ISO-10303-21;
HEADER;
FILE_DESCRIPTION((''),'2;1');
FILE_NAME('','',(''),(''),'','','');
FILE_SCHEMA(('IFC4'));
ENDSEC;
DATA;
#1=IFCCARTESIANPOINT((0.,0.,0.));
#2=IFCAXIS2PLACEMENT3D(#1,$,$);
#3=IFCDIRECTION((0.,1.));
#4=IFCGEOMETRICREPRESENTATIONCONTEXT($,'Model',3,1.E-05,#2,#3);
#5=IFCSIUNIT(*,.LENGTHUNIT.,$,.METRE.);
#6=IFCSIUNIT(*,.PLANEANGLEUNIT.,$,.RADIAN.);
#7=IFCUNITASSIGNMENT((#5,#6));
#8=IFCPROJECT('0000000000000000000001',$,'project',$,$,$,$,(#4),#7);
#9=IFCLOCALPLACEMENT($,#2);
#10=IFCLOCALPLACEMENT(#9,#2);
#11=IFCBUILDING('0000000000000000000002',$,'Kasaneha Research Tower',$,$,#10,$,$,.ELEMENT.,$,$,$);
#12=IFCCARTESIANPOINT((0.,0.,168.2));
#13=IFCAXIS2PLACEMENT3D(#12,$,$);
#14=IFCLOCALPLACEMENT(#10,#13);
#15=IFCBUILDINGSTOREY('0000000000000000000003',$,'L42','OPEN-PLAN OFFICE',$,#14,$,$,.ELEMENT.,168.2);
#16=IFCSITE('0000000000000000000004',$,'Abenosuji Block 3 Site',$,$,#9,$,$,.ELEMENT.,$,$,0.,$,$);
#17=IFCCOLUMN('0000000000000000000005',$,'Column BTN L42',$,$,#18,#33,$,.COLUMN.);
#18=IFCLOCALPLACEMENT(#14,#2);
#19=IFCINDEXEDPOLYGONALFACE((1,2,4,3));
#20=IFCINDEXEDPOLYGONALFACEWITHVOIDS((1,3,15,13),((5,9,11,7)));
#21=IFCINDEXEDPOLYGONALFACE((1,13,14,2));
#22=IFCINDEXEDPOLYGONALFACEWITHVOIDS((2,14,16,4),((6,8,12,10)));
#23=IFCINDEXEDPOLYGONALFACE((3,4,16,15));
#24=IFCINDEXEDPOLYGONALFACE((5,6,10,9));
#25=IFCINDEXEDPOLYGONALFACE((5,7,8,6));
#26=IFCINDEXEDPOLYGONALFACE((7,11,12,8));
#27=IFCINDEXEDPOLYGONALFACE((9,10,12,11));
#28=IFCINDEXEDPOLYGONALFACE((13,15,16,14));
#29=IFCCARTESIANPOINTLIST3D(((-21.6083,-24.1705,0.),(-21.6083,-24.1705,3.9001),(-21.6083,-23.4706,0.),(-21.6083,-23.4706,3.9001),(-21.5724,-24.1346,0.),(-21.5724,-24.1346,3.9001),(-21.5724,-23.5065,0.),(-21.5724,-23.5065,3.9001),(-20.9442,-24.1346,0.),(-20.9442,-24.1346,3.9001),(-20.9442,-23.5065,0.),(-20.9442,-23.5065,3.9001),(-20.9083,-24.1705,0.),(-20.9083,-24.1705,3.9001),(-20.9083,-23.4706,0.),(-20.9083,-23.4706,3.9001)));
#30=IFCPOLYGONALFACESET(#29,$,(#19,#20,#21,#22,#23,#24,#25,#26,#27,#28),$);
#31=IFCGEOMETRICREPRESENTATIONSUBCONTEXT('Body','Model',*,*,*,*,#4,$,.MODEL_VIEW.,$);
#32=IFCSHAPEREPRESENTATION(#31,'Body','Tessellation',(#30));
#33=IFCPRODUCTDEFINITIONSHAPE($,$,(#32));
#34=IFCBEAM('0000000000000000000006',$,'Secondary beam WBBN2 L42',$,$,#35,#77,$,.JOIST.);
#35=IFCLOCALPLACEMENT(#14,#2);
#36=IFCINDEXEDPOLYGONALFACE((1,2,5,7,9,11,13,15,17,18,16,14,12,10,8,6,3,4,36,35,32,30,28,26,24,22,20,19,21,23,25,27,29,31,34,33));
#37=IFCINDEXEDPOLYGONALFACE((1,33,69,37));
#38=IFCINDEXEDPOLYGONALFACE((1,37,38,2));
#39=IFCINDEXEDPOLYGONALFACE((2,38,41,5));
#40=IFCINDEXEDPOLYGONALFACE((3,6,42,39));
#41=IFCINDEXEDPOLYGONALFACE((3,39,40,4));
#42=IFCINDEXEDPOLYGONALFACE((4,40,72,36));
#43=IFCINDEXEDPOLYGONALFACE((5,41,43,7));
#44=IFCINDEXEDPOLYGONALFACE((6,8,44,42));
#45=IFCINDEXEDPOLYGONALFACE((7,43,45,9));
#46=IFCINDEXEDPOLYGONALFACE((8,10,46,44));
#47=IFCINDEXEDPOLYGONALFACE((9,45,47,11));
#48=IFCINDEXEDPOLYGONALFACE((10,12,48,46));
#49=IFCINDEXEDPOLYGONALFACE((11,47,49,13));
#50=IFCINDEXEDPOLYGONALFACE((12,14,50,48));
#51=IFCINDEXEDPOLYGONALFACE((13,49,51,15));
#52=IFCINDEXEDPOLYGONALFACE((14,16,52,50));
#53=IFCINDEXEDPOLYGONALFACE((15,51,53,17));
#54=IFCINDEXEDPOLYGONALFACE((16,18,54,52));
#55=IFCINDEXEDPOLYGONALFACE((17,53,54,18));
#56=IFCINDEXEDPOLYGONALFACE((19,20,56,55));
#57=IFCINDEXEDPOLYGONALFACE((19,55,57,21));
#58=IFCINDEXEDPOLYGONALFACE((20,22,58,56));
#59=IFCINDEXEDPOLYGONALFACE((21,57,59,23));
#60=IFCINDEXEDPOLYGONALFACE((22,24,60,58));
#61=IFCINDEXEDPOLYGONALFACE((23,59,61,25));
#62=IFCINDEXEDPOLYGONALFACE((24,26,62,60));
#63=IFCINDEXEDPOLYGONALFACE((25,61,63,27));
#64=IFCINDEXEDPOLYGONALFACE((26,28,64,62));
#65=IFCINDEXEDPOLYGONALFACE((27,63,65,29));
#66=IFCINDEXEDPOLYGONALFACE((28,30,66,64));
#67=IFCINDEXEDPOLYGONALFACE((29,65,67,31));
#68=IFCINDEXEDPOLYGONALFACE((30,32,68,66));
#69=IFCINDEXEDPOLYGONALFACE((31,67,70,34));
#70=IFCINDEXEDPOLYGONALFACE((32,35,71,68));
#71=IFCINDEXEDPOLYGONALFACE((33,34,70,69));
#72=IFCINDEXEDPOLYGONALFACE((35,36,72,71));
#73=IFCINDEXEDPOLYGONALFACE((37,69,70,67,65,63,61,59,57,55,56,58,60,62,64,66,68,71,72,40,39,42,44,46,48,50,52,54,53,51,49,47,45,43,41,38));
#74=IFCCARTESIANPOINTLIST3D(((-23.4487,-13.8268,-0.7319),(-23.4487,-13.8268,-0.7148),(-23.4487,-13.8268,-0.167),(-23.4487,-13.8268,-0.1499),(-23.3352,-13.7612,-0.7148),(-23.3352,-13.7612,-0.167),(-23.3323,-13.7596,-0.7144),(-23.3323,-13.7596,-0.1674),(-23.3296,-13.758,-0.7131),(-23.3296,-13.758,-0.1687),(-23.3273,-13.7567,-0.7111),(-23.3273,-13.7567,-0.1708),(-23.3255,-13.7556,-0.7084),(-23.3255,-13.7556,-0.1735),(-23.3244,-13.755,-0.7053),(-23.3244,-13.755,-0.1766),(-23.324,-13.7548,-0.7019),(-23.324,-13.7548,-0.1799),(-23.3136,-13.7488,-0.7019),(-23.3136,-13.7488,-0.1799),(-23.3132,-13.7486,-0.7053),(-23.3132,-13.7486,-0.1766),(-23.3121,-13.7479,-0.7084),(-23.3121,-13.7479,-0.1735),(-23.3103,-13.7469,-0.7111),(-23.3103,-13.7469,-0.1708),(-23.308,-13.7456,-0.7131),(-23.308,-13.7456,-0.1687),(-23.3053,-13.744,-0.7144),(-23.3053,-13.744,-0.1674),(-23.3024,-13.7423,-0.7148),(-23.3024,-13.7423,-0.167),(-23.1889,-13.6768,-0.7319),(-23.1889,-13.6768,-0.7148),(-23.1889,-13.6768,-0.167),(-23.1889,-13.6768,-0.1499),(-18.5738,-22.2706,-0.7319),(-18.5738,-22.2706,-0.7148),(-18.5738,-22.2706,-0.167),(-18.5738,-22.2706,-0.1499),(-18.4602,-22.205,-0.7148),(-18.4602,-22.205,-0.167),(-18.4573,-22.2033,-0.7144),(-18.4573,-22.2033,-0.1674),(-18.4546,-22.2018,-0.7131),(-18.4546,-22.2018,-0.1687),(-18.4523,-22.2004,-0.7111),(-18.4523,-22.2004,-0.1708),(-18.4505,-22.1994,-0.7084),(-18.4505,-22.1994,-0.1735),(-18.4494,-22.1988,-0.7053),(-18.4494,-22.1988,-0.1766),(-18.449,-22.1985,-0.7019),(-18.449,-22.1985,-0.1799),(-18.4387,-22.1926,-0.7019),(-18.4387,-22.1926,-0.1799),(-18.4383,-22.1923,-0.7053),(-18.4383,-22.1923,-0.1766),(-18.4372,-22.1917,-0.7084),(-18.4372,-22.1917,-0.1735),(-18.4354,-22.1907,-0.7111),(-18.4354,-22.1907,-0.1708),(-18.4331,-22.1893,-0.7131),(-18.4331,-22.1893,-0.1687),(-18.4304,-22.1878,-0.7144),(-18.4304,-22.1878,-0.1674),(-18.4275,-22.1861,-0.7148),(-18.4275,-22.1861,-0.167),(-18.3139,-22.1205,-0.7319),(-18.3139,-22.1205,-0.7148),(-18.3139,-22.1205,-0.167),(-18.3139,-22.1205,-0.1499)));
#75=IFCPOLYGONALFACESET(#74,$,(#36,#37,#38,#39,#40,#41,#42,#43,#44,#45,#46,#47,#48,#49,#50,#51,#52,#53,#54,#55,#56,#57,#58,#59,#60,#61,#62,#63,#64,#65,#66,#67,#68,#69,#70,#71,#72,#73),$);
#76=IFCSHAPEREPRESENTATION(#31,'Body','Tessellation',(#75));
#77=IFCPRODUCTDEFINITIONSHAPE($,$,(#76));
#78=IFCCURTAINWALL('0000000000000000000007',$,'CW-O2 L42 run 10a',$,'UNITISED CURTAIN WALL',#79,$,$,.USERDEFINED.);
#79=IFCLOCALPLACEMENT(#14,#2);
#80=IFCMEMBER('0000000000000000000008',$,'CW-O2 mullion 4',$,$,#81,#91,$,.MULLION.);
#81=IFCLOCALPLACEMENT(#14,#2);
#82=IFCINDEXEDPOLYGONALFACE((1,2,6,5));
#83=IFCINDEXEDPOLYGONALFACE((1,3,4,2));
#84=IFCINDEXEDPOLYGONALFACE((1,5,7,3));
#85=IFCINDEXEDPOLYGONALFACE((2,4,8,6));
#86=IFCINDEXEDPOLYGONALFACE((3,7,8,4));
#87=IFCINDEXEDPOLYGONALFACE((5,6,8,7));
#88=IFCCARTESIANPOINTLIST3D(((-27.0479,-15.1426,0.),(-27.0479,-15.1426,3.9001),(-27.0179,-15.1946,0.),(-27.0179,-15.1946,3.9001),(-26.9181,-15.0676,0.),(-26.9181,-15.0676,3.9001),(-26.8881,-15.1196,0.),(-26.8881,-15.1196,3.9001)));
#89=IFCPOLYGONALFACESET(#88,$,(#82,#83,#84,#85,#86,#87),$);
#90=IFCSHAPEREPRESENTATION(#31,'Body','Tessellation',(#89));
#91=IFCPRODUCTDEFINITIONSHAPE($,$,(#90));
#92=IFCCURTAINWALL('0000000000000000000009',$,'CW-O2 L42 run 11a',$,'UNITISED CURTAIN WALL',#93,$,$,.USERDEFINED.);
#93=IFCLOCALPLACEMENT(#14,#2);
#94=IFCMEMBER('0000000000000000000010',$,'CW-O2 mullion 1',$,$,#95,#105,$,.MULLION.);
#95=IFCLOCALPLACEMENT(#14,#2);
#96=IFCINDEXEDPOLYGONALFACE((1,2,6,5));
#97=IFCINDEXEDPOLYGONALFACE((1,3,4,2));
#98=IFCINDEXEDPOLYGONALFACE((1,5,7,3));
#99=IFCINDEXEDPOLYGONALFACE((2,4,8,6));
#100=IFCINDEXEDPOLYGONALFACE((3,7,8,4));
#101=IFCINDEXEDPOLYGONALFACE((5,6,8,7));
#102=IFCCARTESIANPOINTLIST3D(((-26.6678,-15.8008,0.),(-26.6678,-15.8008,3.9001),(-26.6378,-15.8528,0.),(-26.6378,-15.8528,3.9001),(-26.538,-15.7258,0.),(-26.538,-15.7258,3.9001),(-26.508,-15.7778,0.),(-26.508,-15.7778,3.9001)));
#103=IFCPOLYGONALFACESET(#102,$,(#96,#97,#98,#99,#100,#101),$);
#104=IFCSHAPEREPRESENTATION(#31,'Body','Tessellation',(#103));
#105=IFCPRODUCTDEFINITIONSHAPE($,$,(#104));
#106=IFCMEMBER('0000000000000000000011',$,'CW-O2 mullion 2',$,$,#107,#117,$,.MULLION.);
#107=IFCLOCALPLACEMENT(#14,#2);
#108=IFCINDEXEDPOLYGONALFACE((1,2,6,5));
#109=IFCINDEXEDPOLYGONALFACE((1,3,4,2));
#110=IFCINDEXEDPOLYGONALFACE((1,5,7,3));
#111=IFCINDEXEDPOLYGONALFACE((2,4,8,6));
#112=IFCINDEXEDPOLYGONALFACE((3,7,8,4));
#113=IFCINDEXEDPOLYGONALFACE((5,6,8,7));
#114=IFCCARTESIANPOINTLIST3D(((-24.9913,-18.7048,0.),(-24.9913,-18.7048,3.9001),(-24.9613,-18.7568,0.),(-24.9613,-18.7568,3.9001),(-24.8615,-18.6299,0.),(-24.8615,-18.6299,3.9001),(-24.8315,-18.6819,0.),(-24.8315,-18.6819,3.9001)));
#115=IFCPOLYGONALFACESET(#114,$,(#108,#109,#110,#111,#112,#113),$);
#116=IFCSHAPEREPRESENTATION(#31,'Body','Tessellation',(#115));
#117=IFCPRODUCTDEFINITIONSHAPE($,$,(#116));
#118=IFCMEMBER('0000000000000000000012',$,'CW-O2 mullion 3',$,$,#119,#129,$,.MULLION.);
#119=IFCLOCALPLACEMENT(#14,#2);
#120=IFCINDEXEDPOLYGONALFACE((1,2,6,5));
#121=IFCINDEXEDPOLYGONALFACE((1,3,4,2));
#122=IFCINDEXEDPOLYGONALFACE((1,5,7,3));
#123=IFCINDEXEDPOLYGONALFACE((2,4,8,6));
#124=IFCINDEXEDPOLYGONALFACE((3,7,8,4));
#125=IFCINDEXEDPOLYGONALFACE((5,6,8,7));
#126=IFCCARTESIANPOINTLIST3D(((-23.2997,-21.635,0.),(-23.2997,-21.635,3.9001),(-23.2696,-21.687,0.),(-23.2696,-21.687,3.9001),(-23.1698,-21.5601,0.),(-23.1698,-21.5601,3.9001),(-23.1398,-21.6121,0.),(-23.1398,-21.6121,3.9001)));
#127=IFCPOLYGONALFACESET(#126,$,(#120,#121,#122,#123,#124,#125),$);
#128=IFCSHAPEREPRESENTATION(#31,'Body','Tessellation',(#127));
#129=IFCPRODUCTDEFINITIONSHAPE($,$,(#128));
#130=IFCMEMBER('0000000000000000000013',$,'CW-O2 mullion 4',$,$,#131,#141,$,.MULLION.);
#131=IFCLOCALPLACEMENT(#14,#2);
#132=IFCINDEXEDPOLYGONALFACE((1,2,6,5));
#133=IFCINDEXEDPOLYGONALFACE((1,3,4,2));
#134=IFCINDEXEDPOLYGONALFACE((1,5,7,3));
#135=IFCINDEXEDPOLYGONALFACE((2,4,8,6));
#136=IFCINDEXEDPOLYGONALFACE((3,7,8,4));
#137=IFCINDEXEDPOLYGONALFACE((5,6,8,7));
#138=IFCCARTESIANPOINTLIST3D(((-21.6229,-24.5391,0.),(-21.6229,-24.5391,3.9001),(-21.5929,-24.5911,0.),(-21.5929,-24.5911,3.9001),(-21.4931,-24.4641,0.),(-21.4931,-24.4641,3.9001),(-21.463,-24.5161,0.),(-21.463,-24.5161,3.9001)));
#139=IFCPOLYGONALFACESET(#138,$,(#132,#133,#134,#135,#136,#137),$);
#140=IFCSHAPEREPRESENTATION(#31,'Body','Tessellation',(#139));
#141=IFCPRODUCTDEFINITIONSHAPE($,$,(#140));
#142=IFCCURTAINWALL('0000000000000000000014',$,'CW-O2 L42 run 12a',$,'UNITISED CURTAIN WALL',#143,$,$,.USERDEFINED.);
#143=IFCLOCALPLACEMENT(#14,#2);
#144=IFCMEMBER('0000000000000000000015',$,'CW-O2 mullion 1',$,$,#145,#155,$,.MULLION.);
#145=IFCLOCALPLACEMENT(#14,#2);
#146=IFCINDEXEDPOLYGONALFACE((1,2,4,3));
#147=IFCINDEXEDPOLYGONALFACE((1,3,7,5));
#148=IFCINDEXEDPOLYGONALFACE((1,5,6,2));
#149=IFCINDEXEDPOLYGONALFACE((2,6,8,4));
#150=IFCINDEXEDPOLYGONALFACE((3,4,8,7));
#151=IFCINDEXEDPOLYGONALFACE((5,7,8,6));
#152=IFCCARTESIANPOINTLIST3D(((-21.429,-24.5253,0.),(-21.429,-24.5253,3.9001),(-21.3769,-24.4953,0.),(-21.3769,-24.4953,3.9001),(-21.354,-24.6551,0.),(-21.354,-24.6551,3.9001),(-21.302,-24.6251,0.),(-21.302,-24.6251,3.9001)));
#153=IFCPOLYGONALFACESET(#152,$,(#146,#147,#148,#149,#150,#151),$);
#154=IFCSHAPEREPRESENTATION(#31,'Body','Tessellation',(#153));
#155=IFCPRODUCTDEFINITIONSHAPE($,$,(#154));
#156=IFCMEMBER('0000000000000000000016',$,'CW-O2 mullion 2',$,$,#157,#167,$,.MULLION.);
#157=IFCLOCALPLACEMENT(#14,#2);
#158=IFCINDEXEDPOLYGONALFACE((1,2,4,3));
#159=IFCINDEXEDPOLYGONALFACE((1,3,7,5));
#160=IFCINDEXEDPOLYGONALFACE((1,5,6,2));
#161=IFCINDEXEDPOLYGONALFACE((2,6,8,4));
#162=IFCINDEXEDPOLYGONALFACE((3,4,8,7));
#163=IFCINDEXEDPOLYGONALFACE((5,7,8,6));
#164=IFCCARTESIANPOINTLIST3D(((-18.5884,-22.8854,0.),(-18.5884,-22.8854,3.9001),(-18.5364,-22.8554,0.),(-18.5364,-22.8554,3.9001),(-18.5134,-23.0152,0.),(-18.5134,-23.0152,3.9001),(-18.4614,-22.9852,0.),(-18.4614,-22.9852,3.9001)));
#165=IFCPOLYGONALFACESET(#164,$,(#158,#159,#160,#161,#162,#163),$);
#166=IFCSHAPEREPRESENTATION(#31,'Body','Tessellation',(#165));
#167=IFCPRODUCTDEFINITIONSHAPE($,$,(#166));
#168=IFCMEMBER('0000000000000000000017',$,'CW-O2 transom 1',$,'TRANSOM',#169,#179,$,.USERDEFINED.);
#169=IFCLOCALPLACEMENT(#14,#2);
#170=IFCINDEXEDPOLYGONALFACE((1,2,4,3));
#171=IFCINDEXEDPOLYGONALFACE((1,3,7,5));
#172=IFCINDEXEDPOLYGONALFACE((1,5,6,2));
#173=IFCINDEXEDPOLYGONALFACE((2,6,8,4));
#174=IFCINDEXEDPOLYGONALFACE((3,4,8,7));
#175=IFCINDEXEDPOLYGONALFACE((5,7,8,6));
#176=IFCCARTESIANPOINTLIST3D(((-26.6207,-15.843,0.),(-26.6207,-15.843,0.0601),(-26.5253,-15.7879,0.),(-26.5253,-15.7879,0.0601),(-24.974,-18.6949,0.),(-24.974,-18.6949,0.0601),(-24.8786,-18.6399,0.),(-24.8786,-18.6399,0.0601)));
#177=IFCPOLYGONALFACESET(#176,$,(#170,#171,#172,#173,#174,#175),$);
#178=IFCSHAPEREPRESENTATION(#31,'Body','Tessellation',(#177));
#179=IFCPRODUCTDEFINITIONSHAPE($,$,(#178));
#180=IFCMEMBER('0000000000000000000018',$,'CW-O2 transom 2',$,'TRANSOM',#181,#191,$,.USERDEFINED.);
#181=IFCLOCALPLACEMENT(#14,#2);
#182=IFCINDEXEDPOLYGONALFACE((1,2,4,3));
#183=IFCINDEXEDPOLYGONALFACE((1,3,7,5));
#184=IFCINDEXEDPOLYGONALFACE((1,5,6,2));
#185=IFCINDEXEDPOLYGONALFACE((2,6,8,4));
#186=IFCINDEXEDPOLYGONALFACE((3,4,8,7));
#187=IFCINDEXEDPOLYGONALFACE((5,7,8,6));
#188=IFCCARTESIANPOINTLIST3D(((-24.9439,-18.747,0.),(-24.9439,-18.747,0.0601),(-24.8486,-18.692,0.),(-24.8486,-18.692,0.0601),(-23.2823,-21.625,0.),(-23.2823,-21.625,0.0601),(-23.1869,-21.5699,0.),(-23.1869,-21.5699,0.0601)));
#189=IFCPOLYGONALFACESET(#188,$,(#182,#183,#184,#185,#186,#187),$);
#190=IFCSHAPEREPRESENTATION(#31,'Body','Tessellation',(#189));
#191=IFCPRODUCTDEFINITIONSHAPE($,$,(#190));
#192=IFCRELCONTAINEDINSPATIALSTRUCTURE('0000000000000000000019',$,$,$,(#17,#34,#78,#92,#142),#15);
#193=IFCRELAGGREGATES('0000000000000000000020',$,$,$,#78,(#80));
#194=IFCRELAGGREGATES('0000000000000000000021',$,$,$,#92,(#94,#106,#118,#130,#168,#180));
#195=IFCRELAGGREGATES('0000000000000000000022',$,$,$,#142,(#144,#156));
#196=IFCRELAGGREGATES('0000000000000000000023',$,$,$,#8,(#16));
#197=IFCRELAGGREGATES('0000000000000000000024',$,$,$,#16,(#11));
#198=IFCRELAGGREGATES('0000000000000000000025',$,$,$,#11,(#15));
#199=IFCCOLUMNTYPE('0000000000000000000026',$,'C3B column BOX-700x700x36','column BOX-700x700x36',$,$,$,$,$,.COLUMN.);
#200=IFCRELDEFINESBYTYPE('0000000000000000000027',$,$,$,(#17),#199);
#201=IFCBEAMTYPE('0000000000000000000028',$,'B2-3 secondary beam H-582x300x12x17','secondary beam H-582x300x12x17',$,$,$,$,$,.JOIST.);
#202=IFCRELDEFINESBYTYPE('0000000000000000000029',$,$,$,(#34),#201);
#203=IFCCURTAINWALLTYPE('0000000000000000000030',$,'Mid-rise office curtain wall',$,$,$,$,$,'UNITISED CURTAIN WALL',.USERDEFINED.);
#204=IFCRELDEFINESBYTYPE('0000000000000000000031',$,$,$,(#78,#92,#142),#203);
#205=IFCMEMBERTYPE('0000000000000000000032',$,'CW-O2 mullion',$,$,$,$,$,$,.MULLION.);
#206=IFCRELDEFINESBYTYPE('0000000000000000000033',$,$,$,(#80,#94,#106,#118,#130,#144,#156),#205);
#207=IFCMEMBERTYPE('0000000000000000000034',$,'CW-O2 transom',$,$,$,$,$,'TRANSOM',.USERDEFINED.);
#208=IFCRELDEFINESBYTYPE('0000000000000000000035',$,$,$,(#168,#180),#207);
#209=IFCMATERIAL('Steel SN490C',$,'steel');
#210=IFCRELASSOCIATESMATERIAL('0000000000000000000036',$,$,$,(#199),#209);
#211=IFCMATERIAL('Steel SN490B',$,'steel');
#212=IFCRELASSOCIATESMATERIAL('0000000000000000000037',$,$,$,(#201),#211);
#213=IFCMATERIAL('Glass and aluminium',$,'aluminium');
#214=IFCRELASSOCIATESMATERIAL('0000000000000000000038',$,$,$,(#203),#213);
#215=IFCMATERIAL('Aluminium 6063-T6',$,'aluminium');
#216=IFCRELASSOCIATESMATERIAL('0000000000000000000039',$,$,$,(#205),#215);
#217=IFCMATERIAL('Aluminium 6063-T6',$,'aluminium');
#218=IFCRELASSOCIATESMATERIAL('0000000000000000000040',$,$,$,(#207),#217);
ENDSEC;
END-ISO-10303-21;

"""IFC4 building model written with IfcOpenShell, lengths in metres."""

from ifc_helpers import new_model, si_unit, direction, frame, origin, origin_2d, place, context, subcontext, project, spatial, rectangle, hollow_rectangle, i_section, extrude, material, material_profile, profile_set, type_object, element, aggregate, save


model = new_model("IFC4")

# Units and contexts
model_context = context("Model", 3, precision=1e-05, world=origin(), true_north=direction((0.0, 1.0)))
body_context = subcontext(model_context, "Body", "Model", "MODEL_VIEW")
ifc_project = project(units=[si_unit("LENGTHUNIT", "METRE"), si_unit("PLANEANGLEUNIT", "RADIAN")], contexts=[model_context])

# Site, building, storey
site_placement = place(None, origin())
site = spatial("IfcSite", under=ifc_project, at=site_placement, Name="Abenosuji Block 3 Site", CompositionType="ELEMENT", RefElevation=0.0)
building_placement = place(site_placement, origin())
building = spatial("IfcBuilding", under=site, at=building_placement, Name="Kasaneha Research Tower", CompositionType="ELEMENT")
storey_placement = place(building_placement, frame((0.0, 0.0, 168.2)))
storey = spatial("IfcBuildingStorey", under=building, at=storey_placement, Name="L42", Description="OPEN-PLAN OFFICE", CompositionType="ELEMENT", Elevation=168.2)

# Column
ifc_material_1 = material(Name="Steel SN490C", Category="steel")
ifc_material_profile_1 = material_profile(ifc_material_1, hollow_rectangle(XDim=0.7, YDim=0.7, WallThickness=0.0359, at=origin_2d()), Name="BOX-700x700x36")
ifc_profile_set_1 = profile_set([ifc_material_profile_1], Name="Steel SN490C")
column_type = type_object("IfcColumnType", Name="C3B column BOX-700x700x36", Description="column BOX-700x700x36", PredefinedType="COLUMN", material=ifc_profile_set_1)
column_placement = place(storey_placement, frame((-21.2583, -23.8206, 0.0), z_axis=(0.0, 0.0, 1.0), x_axis=(1.0, 0.0, 0.0)))
element("IfcColumn", 1, at=column_placement, inside=storey, type_object=column_type, Name="Column BTN L42", PredefinedType="COLUMN", context=body_context, shape_type="SweptSolid", body=[
    extrude(hollow_rectangle(XDim=0.7, YDim=0.7, WallThickness=0.0359, at=origin_2d()), origin(), (0.0, 0.0, 1.0), 3.9001),
])

# Beam
ifc_material_2 = material(Name="Steel SN490B", Category="steel")
ifc_material_profile_2 = material_profile(ifc_material_2, i_section(OverallWidth=0.3, OverallDepth=0.582, WebThickness=0.012, FlangeThickness=0.0171, FilletRadius=0.0129, at=origin_2d()), Name="H-582x300x12x17")
ifc_profile_set_2 = profile_set([ifc_material_profile_2], Name="Steel SN490B")
beam_type_1 = type_object("IfcBeamType", Name="B2-3 secondary beam H-582x300x12x17", Description="secondary beam H-582x300x12x17", PredefinedType="JOIST", material=ifc_profile_set_2)
beam_1_placement = place(storey_placement, frame((-18.4438, -22.1956, -0.4409), z_axis=(-0.499996, 0.866028, 0.0), x_axis=(-0.866028, -0.499996, 0.0)))
element("IfcBeam", 2, at=beam_1_placement, inside=storey, type_object=beam_type_1, Name="Secondary beam WBBN2 L42", PredefinedType="JOIST", context=body_context, shape_type="SweptSolid", body=[
    extrude(i_section(OverallWidth=0.3, OverallDepth=0.582, WebThickness=0.012, FlangeThickness=0.0171, FilletRadius=0.0129, at=origin_2d()), origin(), (0.0, 0.0, 1.0), 9.75),
])

# Curtain wall, member
ifc_material_3 = material(Name="Glass and aluminium", Category="aluminium")
curtain_wall_type = type_object("IfcCurtainWallType", Name="Mid-rise office curtain wall", ElementType="UNITISED CURTAIN WALL", PredefinedType="USERDEFINED", material=ifc_material_3)
curtain_wall_1_placement = place(storey_placement, origin())
curtain_wall_1 = element("IfcCurtainWall", 3, at=curtain_wall_1_placement, inside=storey, type_object=curtain_wall_type, Name="CW-O2 L42 run 10a", ObjectType="UNITISED CURTAIN WALL", PredefinedType="USERDEFINED")
ifc_material_4 = material(Name="Aluminium 6063-T6", Category="aluminium")
ifc_material_profile_3 = material_profile(ifc_material_4, rectangle(XDim=0.0601, YDim=0.1499, at=origin_2d()), Name="CW-O2 mullion 60x150")
ifc_profile_set_3 = profile_set([ifc_material_profile_3], Name="Aluminium 6063-T6")
member_type_1 = type_object("IfcMemberType", Name="CW-O2 mullion", PredefinedType="MULLION", material=ifc_profile_set_3)
member_1_placement = place(storey_placement, frame((-26.968, -15.1311, 0.0), z_axis=(0.0, 0.0, 1.0), x_axis=(0.5, -0.866025, 0.0)))
member_1 = element("IfcMember", 4, at=member_1_placement, type_object=member_type_1, Name="CW-O2 mullion 4", PredefinedType="MULLION", context=body_context, shape_type="SweptSolid", body=[
    extrude(rectangle(XDim=0.0601, YDim=0.1499, at=origin_2d()), origin(), (0.0, 0.0, 1.0), 3.9001),
])
aggregate(curtain_wall_1, [member_1])

# Curtain walls, members
curtain_wall_2_placement = place(storey_placement, origin())
curtain_wall_2 = element("IfcCurtainWall", 5, at=curtain_wall_2_placement, inside=storey, type_object=curtain_wall_type, Name="CW-O2 L42 run 11a", ObjectType="UNITISED CURTAIN WALL", PredefinedType="USERDEFINED")
member_2_placement = place(storey_placement, frame((-26.5879, -15.7893, 0.0), z_axis=(0.0, 0.0, 1.0), x_axis=(0.5, -0.866025, 0.0)))
member_2 = element("IfcMember", 6, at=member_2_placement, type_object=member_type_1, Name="CW-O2 mullion 1", PredefinedType="MULLION", context=body_context, shape_type="SweptSolid", body=[
    extrude(rectangle(XDim=0.0601, YDim=0.1499, at=origin_2d()), origin(), (0.0, 0.0, 1.0), 3.9001),
])
member_3_placement = place(storey_placement, frame((-24.9114, -18.6934, 0.0), z_axis=(0.0, 0.0, 1.0), x_axis=(0.5, -0.866025, 0.0)))
member_3 = element("IfcMember", 7, at=member_3_placement, type_object=member_type_1, Name="CW-O2 mullion 2", PredefinedType="MULLION", context=body_context, shape_type="SweptSolid", body=[
    extrude(rectangle(XDim=0.0601, YDim=0.1499, at=origin_2d()), origin(), (0.0, 0.0, 1.0), 3.9001),
])
member_4_placement = place(storey_placement, frame((-23.2197, -21.6235, 0.0), z_axis=(0.0, 0.0, 1.0), x_axis=(0.5, -0.866025, 0.0)))
member_4 = element("IfcMember", 8, at=member_4_placement, type_object=member_type_1, Name="CW-O2 mullion 3", PredefinedType="MULLION", context=body_context, shape_type="SweptSolid", body=[
    extrude(rectangle(XDim=0.0601, YDim=0.1499, at=origin_2d()), origin(), (0.0, 0.0, 1.0), 3.9001),
])
member_5_placement = place(storey_placement, frame((-21.543, -24.5276, 0.0), z_axis=(0.0, 0.0, 1.0), x_axis=(0.5, -0.866025, 0.0)))
member_5 = element("IfcMember", 9, at=member_5_placement, type_object=member_type_1, Name="CW-O2 mullion 4", PredefinedType="MULLION", context=body_context, shape_type="SweptSolid", body=[
    extrude(rectangle(XDim=0.0601, YDim=0.1499, at=origin_2d()), origin(), (0.0, 0.0, 1.0), 3.9001),
])
curtain_wall_3_placement = place(storey_placement, origin())
curtain_wall_3 = element("IfcCurtainWall", 10, at=curtain_wall_3_placement, inside=storey, type_object=curtain_wall_type, Name="CW-O2 L42 run 12a", ObjectType="UNITISED CURTAIN WALL", PredefinedType="USERDEFINED")
member_6_placement = place(storey_placement, frame((-21.3655, -24.5752, 0.0), z_axis=(0.0, 0.0, 1.0), x_axis=(0.866025, 0.5, 0.0)))
member_6 = element("IfcMember", 11, at=member_6_placement, type_object=member_type_1, Name="CW-O2 mullion 1", PredefinedType="MULLION", context=body_context, shape_type="SweptSolid", body=[
    extrude(rectangle(XDim=0.0601, YDim=0.1499, at=origin_2d()), origin(), (0.0, 0.0, 1.0), 3.9001),
])
member_7_placement = place(storey_placement, frame((-18.5249, -22.9353, 0.0), z_axis=(0.0, 0.0, 1.0), x_axis=(0.866025, 0.5, 0.0)))
member_7 = element("IfcMember", 12, at=member_7_placement, type_object=member_type_1, Name="CW-O2 mullion 2", PredefinedType="MULLION", context=body_context, shape_type="SweptSolid", body=[
    extrude(rectangle(XDim=0.0601, YDim=0.1499, at=origin_2d()), origin(), (0.0, 0.0, 1.0), 3.9001),
])

# Members
ifc_material_5 = material(Name="Aluminium 6063-T6", Category="aluminium")
ifc_material_profile_4 = material_profile(ifc_material_5, rectangle(XDim=0.1101, YDim=0.0601, at=origin_2d()), Name="CW-O2 transom 110x60")
ifc_profile_set_4 = profile_set([ifc_material_profile_4], Name="Aluminium 6063-T6")
member_type_2 = type_object("IfcMemberType", Name="CW-O2 transom", ElementType="TRANSOM", PredefinedType="USERDEFINED", material=ifc_profile_set_4)
member_8_placement = place(storey_placement, frame((-26.573, -15.8154, 0.03), z_axis=(0.500022, -0.866013, 0.0), x_axis=(0.866013, 0.500022, 0.0)))
member_8 = element("IfcMember", 13, at=member_8_placement, type_object=member_type_2, Name="CW-O2 transom 1", ObjectType="TRANSOM", PredefinedType="USERDEFINED", context=body_context, shape_type="SweptSolid", body=[
    extrude(rectangle(XDim=0.1101, YDim=0.0601, at=origin_2d()), origin(), (0.0, 0.0, 1.0), 3.2932),
])
member_9_placement = place(storey_placement, frame((-24.8962, -18.7195, 0.03), z_axis=(0.500011, -0.866019, 0.0), x_axis=(0.866019, 0.500011, 0.0)))
member_9 = element("IfcMember", 14, at=member_9_placement, type_object=member_type_2, Name="CW-O2 transom 2", ObjectType="TRANSOM", PredefinedType="USERDEFINED", context=body_context, shape_type="SweptSolid", body=[
    extrude(rectangle(XDim=0.1101, YDim=0.0601, at=origin_2d()), origin(), (0.0, 0.0, 1.0), 3.3232),
])

aggregate(curtain_wall_2, [member_2, member_3, member_4, member_5, member_8, member_9])
aggregate(curtain_wall_3, [member_6, member_7])

save(model, "model.ifc")
